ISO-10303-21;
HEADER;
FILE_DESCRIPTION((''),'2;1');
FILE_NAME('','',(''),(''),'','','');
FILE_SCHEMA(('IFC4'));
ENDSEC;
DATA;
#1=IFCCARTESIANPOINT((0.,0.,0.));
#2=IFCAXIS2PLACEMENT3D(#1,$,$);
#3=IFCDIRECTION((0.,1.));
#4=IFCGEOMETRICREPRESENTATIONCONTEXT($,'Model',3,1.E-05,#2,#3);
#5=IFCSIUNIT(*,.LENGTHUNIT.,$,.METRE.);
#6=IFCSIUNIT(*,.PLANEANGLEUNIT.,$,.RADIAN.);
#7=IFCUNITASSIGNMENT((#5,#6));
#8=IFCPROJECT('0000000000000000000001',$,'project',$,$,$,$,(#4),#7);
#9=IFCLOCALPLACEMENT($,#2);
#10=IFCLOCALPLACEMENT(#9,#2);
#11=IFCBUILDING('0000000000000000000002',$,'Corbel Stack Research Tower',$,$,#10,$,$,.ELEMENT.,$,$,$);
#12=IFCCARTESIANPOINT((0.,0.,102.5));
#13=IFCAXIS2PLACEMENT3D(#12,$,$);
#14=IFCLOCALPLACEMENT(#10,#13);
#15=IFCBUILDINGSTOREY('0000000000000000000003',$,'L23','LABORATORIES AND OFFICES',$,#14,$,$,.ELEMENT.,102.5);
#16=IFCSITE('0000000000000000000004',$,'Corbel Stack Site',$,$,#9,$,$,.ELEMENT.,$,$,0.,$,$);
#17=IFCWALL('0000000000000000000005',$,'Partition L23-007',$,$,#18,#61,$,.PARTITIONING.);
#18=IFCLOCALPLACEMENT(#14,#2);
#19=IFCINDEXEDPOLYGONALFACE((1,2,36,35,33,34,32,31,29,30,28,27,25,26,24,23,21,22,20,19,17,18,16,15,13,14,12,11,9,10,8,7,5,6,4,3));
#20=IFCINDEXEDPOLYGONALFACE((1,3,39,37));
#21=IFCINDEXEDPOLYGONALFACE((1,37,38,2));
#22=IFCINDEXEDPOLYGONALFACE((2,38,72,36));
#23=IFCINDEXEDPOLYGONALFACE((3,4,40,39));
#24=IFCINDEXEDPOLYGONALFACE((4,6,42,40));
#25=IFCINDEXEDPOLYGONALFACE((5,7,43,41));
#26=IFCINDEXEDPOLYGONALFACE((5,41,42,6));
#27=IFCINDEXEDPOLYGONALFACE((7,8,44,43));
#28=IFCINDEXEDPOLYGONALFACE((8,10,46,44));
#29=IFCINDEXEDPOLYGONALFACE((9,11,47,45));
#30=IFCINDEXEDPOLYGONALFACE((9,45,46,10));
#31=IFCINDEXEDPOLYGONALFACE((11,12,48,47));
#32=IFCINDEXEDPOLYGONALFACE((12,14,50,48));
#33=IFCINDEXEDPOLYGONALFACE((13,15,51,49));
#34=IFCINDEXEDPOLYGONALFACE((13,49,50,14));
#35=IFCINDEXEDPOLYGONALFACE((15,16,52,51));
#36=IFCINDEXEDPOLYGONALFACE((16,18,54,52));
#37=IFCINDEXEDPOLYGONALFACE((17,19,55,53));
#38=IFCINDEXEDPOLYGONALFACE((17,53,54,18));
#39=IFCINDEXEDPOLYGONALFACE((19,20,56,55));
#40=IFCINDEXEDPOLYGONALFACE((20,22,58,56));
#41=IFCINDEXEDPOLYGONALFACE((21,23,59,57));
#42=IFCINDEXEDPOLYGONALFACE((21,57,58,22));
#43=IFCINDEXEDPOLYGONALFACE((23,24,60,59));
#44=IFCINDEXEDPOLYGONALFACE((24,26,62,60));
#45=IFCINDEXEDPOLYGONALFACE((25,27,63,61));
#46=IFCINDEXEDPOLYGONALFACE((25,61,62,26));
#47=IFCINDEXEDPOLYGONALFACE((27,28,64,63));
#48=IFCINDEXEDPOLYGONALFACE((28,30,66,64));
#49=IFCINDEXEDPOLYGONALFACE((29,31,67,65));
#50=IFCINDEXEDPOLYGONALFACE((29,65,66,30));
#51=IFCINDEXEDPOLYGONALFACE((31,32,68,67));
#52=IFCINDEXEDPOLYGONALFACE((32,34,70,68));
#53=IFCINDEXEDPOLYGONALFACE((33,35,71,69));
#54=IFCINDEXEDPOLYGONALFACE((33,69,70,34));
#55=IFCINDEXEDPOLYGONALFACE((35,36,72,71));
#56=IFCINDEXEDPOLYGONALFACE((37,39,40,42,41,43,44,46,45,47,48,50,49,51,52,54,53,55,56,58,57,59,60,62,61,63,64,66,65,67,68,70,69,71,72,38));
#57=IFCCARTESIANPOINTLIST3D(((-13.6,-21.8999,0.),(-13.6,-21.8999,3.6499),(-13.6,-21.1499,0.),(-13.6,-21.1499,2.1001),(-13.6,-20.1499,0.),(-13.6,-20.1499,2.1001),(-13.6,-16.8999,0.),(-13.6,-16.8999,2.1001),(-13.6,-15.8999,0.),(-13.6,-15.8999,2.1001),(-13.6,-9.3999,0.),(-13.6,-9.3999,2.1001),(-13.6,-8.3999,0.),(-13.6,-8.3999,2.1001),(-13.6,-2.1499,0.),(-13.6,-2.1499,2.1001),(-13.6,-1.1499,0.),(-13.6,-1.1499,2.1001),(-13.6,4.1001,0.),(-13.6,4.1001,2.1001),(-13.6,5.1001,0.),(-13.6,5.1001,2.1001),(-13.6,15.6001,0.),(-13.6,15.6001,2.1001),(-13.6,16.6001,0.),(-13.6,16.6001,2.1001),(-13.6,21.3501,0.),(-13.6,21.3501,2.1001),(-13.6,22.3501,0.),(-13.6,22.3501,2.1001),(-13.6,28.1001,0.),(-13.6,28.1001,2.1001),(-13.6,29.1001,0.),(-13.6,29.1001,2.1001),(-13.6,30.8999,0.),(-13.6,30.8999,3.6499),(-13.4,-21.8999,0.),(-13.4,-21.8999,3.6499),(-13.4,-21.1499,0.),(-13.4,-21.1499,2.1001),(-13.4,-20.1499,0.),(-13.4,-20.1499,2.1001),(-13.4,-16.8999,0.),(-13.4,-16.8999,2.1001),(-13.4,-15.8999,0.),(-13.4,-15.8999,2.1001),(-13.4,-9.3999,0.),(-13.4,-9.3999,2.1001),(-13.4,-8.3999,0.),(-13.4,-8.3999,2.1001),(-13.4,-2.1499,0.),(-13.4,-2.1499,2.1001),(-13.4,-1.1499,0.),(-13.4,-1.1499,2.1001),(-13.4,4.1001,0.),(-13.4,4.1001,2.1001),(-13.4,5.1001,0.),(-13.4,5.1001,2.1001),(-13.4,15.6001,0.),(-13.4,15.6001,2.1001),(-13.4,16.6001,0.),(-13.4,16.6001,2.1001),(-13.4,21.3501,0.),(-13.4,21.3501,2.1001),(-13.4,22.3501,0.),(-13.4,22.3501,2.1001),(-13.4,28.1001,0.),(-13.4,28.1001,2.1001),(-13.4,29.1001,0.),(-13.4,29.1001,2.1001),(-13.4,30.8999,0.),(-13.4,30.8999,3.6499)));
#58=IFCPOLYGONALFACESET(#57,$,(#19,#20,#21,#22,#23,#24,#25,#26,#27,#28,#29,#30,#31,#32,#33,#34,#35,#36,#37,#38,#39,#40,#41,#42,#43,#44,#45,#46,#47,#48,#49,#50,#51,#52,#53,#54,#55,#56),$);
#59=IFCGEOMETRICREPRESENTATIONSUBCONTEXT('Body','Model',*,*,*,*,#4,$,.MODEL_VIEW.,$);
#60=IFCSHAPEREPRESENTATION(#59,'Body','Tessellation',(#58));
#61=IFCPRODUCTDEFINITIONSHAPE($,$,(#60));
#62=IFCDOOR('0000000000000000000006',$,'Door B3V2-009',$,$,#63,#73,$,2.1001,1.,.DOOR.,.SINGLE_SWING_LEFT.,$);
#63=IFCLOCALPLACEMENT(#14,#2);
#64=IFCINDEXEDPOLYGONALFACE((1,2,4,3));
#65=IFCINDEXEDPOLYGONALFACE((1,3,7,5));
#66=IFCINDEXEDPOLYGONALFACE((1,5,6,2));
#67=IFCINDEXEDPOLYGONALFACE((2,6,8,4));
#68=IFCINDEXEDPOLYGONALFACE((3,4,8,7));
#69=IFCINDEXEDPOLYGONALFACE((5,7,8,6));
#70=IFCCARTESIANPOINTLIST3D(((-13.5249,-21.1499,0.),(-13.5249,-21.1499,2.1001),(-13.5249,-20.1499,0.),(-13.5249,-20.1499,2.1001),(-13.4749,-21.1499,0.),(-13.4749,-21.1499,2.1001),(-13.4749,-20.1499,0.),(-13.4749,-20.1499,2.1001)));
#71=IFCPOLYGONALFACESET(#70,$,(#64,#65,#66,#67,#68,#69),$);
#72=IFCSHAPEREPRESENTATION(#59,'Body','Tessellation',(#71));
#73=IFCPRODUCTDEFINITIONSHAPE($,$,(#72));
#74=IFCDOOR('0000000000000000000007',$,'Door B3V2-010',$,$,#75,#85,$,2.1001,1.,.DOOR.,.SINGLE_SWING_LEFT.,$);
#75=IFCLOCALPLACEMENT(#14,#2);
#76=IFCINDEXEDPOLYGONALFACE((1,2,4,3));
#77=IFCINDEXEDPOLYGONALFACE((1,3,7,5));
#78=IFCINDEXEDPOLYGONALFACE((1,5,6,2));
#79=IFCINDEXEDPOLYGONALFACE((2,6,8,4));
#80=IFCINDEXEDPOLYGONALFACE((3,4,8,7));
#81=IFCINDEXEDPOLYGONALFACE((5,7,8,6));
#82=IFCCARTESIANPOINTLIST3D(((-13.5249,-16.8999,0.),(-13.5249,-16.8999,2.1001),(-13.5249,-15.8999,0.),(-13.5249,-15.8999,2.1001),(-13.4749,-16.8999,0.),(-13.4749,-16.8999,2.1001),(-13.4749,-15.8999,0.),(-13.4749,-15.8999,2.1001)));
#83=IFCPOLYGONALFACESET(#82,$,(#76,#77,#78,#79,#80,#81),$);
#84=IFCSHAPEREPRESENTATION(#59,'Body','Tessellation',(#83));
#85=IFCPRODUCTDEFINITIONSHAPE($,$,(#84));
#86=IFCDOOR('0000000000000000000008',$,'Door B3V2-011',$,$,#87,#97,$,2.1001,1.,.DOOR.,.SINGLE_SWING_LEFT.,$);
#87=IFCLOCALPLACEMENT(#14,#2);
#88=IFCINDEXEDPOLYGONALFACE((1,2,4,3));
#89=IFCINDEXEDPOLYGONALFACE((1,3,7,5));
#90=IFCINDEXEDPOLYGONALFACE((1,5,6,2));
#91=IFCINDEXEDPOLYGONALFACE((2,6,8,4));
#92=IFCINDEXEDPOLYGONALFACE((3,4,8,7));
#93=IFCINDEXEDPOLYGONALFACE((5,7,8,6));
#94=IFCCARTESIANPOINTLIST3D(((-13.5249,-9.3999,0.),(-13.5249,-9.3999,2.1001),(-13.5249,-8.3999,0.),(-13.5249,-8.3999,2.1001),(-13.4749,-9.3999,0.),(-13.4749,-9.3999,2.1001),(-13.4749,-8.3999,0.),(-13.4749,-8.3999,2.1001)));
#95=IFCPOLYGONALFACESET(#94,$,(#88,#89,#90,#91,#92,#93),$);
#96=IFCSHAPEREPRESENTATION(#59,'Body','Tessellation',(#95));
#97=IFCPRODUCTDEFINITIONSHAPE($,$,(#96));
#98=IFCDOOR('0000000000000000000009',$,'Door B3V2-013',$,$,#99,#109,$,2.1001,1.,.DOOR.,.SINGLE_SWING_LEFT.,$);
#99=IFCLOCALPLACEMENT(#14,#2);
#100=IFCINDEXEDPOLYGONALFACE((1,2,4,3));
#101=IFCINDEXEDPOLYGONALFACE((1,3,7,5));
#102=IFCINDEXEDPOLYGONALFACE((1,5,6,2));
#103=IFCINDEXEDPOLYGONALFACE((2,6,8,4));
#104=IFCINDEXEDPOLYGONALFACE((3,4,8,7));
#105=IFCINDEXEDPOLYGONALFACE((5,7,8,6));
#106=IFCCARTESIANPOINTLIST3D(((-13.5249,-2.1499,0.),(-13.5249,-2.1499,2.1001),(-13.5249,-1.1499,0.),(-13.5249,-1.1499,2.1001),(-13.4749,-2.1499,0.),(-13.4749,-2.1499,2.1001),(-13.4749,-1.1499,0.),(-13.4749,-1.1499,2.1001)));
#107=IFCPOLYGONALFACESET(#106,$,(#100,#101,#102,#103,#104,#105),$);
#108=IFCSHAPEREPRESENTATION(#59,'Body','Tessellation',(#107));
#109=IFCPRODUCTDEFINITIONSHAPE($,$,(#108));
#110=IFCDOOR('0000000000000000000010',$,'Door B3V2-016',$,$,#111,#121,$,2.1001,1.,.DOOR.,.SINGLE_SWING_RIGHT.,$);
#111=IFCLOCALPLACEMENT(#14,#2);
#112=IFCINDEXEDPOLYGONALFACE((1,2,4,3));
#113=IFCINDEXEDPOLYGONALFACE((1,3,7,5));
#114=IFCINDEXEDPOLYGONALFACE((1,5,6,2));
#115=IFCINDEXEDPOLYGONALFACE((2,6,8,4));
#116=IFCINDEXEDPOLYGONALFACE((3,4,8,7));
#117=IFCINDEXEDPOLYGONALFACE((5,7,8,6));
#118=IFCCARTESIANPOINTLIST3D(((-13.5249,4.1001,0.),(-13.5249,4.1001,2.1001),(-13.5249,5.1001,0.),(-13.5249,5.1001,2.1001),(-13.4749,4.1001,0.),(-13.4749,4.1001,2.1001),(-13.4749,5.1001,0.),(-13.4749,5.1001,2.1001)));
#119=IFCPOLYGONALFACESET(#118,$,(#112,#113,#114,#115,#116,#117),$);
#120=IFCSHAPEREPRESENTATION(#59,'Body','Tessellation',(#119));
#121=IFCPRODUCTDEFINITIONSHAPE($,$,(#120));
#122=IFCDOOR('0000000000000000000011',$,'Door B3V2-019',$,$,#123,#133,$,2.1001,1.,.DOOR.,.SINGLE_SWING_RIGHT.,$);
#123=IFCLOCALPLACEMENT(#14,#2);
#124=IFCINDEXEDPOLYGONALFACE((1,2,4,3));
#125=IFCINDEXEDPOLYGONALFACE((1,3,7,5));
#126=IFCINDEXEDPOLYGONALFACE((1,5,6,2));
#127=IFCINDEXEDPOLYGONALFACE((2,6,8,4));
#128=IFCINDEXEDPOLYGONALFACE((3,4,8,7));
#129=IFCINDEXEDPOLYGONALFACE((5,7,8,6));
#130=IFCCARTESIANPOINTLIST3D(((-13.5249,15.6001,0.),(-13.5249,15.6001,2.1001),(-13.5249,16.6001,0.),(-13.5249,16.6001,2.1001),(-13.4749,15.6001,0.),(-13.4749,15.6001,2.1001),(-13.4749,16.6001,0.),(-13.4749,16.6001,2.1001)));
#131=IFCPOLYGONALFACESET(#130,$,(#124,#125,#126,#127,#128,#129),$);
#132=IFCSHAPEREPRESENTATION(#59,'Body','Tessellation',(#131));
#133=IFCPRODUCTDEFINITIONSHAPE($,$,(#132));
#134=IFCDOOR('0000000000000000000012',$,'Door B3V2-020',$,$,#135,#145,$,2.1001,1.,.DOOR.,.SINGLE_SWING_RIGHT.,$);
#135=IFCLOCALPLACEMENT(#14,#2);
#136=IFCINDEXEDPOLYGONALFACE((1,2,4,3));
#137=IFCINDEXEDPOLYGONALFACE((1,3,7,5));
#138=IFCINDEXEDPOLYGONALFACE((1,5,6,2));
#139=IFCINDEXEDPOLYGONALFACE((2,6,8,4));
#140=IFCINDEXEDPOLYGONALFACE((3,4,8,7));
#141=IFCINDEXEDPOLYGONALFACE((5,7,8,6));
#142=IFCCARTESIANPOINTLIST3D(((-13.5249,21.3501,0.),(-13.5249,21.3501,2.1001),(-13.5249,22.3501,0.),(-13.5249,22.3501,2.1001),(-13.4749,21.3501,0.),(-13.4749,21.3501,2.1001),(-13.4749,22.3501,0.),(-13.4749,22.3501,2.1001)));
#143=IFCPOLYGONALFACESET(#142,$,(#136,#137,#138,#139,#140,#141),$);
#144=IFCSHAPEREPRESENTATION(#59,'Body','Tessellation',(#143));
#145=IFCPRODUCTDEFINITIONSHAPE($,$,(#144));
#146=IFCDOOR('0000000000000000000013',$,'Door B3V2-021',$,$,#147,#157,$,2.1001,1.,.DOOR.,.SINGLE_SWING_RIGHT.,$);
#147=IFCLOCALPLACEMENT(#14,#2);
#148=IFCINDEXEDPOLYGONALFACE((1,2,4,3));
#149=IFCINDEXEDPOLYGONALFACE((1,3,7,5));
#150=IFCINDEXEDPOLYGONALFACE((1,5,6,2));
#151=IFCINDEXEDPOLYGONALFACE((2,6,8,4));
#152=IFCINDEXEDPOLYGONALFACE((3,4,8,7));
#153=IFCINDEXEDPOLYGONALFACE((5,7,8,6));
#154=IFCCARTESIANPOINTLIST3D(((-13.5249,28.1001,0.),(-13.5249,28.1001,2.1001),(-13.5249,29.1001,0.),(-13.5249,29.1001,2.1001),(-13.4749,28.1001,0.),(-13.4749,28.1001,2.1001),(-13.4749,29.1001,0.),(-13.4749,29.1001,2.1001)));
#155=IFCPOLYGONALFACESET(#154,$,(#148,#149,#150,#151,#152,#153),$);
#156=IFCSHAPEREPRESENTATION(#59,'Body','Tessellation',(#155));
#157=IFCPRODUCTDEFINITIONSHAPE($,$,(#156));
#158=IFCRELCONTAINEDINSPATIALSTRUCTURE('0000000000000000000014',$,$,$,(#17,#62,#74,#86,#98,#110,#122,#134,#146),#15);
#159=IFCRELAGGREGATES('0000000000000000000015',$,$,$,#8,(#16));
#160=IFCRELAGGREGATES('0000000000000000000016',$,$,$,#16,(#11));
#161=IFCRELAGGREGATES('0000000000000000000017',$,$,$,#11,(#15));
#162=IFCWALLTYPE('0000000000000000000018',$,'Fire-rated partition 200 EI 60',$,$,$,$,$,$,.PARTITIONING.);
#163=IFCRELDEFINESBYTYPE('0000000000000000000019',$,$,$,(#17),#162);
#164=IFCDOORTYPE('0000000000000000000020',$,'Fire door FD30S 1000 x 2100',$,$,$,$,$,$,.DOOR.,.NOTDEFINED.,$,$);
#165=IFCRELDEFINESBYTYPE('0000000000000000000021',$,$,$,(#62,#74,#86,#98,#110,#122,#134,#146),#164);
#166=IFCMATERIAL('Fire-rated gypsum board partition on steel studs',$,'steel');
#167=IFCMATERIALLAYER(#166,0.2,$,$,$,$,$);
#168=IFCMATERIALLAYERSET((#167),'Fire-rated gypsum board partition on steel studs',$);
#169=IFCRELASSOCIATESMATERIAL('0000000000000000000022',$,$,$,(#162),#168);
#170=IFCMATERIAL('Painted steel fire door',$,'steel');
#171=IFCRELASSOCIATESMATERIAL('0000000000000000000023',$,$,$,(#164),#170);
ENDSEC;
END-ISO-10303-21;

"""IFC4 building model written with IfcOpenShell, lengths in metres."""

from ifc_helpers import new_model, si_unit, direction, frame, frame_2d, origin, place, context, subcontext, project, spatial, rectangle, extrude, material, layer, layer_set, type_object, element, fill, save


model = new_model("IFC4")

# Units and contexts
model_context = context("Model", 3, precision=1e-05, world=origin(), true_north=direction((0.0, 1.0)))
body_context = subcontext(model_context, "Body", "Model", "MODEL_VIEW")
ifc_project = project(units=[si_unit("LENGTHUNIT", "METRE"), si_unit("PLANEANGLEUNIT", "RADIAN")], contexts=[model_context])

# Site, building, storey
site_placement = place(None, origin())
site = spatial("IfcSite", under=ifc_project, at=site_placement, Name="Corbel Stack Site", CompositionType="ELEMENT", RefElevation=0.0)
building_placement = place(site_placement, origin())
building = spatial("IfcBuilding", under=site, at=building_placement, Name="Corbel Stack Research Tower", CompositionType="ELEMENT")
storey_placement = place(building_placement, frame((0.0, 0.0, 102.5)))
storey = spatial("IfcBuildingStorey", under=building, at=storey_placement, Name="L23", Description="LABORATORIES AND OFFICES", CompositionType="ELEMENT", Elevation=102.5)

# Wall, openings, doors
ifc_material_1 = material(Name="Fire-rated gypsum board partition on steel studs", Category="steel")
ifc_layer_1 = layer(ifc_material_1, 0.2)
ifc_layer_set_1 = layer_set([ifc_layer_1], Name="Fire-rated gypsum board partition on steel studs")
wall_type_1 = type_object("IfcWallType", Name="Fire-rated partition 200 EI 60", PredefinedType="PARTITIONING", material=ifc_layer_set_1)
wall_1_placement = place(storey_placement, frame((-13.5, -21.8999, 0.0), z_axis=(0.0, 0.0, 1.0), x_axis=(0.0, 1.0, 0.0)))
wall_1 = element("IfcWall", 1, at=wall_1_placement, inside=storey, type_object=wall_type_1, Name="Partition L23-007", PredefinedType="PARTITIONING", context=body_context, shape_type="SweptSolid", body=[
    extrude(rectangle(XDim=52.7998, YDim=0.2, at=frame_2d((26.3999, 0.0))), origin(), (0.0, 0.0, 1.0), 3.6499),
])
opening_1_placement = place(wall_1_placement, frame((0.75, 0.0, 0.0)))
opening_1 = element("IfcOpeningElement", 2, at=opening_1_placement, cuts=wall_1, PredefinedType="OPENING", context=body_context, shape_type="SweptSolid", body=[
    extrude(rectangle(XDim=1.0, YDim=2.1001, at=frame_2d((0.5, 1.05))), frame((0.0, 0.1099, 0.0), z_axis=(0.0, -1.0, 0.0), x_axis=(1.0, 0.0, 0.0)), (0.0, 0.0, 1.0), 0.22),
])
opening_2_placement = place(wall_1_placement, frame((5.0, 0.0, 0.0)))
opening_2 = element("IfcOpeningElement", 3, at=opening_2_placement, cuts=wall_1, PredefinedType="OPENING", context=body_context, shape_type="SweptSolid", body=[
    extrude(rectangle(XDim=1.0, YDim=2.1001, at=frame_2d((0.5, 1.05))), frame((0.0, 0.1099, 0.0), z_axis=(0.0, -1.0, 0.0), x_axis=(1.0, 0.0, 0.0)), (0.0, 0.0, 1.0), 0.22),
])
opening_3_placement = place(wall_1_placement, frame((12.5, 0.0, 0.0)))
opening_3 = element("IfcOpeningElement", 4, at=opening_3_placement, cuts=wall_1, PredefinedType="OPENING", context=body_context, shape_type="SweptSolid", body=[
    extrude(rectangle(XDim=1.0, YDim=2.1001, at=frame_2d((0.5, 1.05))), frame((0.0, 0.1099, 0.0), z_axis=(0.0, -1.0, 0.0), x_axis=(1.0, 0.0, 0.0)), (0.0, 0.0, 1.0), 0.22),
])
opening_4_placement = place(wall_1_placement, frame((19.75, 0.0, 0.0)))
opening_4 = element("IfcOpeningElement", 5, at=opening_4_placement, cuts=wall_1, PredefinedType="OPENING", context=body_context, shape_type="SweptSolid", body=[
    extrude(rectangle(XDim=1.0, YDim=2.1001, at=frame_2d((0.5, 1.05))), frame((0.0, 0.1099, 0.0), z_axis=(0.0, -1.0, 0.0), x_axis=(1.0, 0.0, 0.0)), (0.0, 0.0, 1.0), 0.22),
])
opening_5_placement = place(wall_1_placement, frame((26.0, 0.0, 0.0)))
opening_5 = element("IfcOpeningElement", 6, at=opening_5_placement, cuts=wall_1, PredefinedType="OPENING", context=body_context, shape_type="SweptSolid", body=[
    extrude(rectangle(XDim=1.0, YDim=2.1001, at=frame_2d((0.5, 1.05))), frame((0.0, 0.1099, 0.0), z_axis=(0.0, -1.0, 0.0), x_axis=(1.0, 0.0, 0.0)), (0.0, 0.0, 1.0), 0.22),
])
opening_6_placement = place(wall_1_placement, frame((37.5, 0.0, 0.0)))
opening_6 = element("IfcOpeningElement", 7, at=opening_6_placement, cuts=wall_1, PredefinedType="OPENING", context=body_context, shape_type="SweptSolid", body=[
    extrude(rectangle(XDim=1.0, YDim=2.1001, at=frame_2d((0.5, 1.05))), frame((0.0, 0.1099, 0.0), z_axis=(0.0, -1.0, 0.0), x_axis=(1.0, 0.0, 0.0)), (0.0, 0.0, 1.0), 0.22),
])
opening_7_placement = place(wall_1_placement, frame((43.25, 0.0, 0.0)))
opening_7 = element("IfcOpeningElement", 8, at=opening_7_placement, cuts=wall_1, PredefinedType="OPENING", context=body_context, shape_type="SweptSolid", body=[
    extrude(rectangle(XDim=1.0, YDim=2.1001, at=frame_2d((0.5, 1.05))), frame((0.0, 0.1099, 0.0), z_axis=(0.0, -1.0, 0.0), x_axis=(1.0, 0.0, 0.0)), (0.0, 0.0, 1.0), 0.22),
])
opening_8_placement = place(wall_1_placement, frame((50.0, 0.0, 0.0)))
opening_8 = element("IfcOpeningElement", 9, at=opening_8_placement, cuts=wall_1, PredefinedType="OPENING", context=body_context, shape_type="SweptSolid", body=[
    extrude(rectangle(XDim=1.0, YDim=2.1001, at=frame_2d((0.5, 1.05))), frame((0.0, 0.1099, 0.0), z_axis=(0.0, -1.0, 0.0), x_axis=(1.0, 0.0, 0.0)), (0.0, 0.0, 1.0), 0.22),
])
ifc_material_2 = material(Name="Painted steel fire door", Category="steel")
door_type_1 = type_object("IfcDoorType", Name="Fire door FD30S 1000 x 2100", OperationType="NOTDEFINED", PredefinedType="DOOR", material=ifc_material_2)
door_1_placement = place(opening_1_placement, origin())
door_1 = element("IfcDoor", 10, at=door_1_placement, inside=storey, type_object=door_type_1, Name="Door B3V2-009", OperationType="SINGLE_SWING_LEFT", OverallHeight=2.1001, OverallWidth=1.0, PredefinedType="DOOR", context=body_context, shape_type="SweptSolid", body=[
    extrude(rectangle(XDim=1.0, YDim=2.1001, at=frame_2d((0.5, 1.05))), frame((0.0, 0.0249, 0.0), z_axis=(0.0, -1.0, 0.0), x_axis=(1.0, 0.0, 0.0)), (0.0, 0.0, 1.0), 0.05),
])
fill(opening_1, door_1)
door_2_placement = place(opening_2_placement, origin())
door_2 = element("IfcDoor", 11, at=door_2_placement, inside=storey, type_object=door_type_1, Name="Door B3V2-010", OperationType="SINGLE_SWING_LEFT", OverallHeight=2.1001, OverallWidth=1.0, PredefinedType="DOOR", context=body_context, shape_type="SweptSolid", body=[
    extrude(rectangle(XDim=1.0, YDim=2.1001, at=frame_2d((0.5, 1.05))), frame((0.0, 0.0249, 0.0), z_axis=(0.0, -1.0, 0.0), x_axis=(1.0, 0.0, 0.0)), (0.0, 0.0, 1.0), 0.05),
])
fill(opening_2, door_2)
door_3_placement = place(opening_3_placement, origin())
door_3 = element("IfcDoor", 12, at=door_3_placement, inside=storey, type_object=door_type_1, Name="Door B3V2-011", OperationType="SINGLE_SWING_LEFT", OverallHeight=2.1001, OverallWidth=1.0, PredefinedType="DOOR", context=body_context, shape_type="SweptSolid", body=[
    extrude(rectangle(XDim=1.0, YDim=2.1001, at=frame_2d((0.5, 1.05))), frame((0.0, 0.0249, 0.0), z_axis=(0.0, -1.0, 0.0), x_axis=(1.0, 0.0, 0.0)), (0.0, 0.0, 1.0), 0.05),
])
fill(opening_3, door_3)
door_4_placement = place(opening_4_placement, origin())
door_4 = element("IfcDoor", 13, at=door_4_placement, inside=storey, type_object=door_type_1, Name="Door B3V2-013", OperationType="SINGLE_SWING_LEFT", OverallHeight=2.1001, OverallWidth=1.0, PredefinedType="DOOR", context=body_context, shape_type="SweptSolid", body=[
    extrude(rectangle(XDim=1.0, YDim=2.1001, at=frame_2d((0.5, 1.05))), frame((0.0, 0.0249, 0.0), z_axis=(0.0, -1.0, 0.0), x_axis=(1.0, 0.0, 0.0)), (0.0, 0.0, 1.0), 0.05),
])
fill(opening_4, door_4)
door_5_placement = place(opening_5_placement, origin())
door_5 = element("IfcDoor", 14, at=door_5_placement, inside=storey, type_object=door_type_1, Name="Door B3V2-016", OperationType="SINGLE_SWING_RIGHT", OverallHeight=2.1001, OverallWidth=1.0, PredefinedType="DOOR", context=body_context, shape_type="SweptSolid", body=[
    extrude(rectangle(XDim=1.0, YDim=2.1001, at=frame_2d((0.5, 1.05))), frame((0.0, 0.0249, 0.0), z_axis=(0.0, -1.0, 0.0), x_axis=(1.0, 0.0, 0.0)), (0.0, 0.0, 1.0), 0.05),
])
fill(opening_5, door_5)
door_6_placement = place(opening_6_placement, origin())
door_6 = element("IfcDoor", 15, at=door_6_placement, inside=storey, type_object=door_type_1, Name="Door B3V2-019", OperationType="SINGLE_SWING_RIGHT", OverallHeight=2.1001, OverallWidth=1.0, PredefinedType="DOOR", context=body_context, shape_type="SweptSolid", body=[
    extrude(rectangle(XDim=1.0, YDim=2.1001, at=frame_2d((0.5, 1.05))), frame((0.0, 0.0249, 0.0), z_axis=(0.0, -1.0, 0.0), x_axis=(1.0, 0.0, 0.0)), (0.0, 0.0, 1.0), 0.05),
])
fill(opening_6, door_6)
door_7_placement = place(opening_7_placement, origin())
door_7 = element("IfcDoor", 16, at=door_7_placement, inside=storey, type_object=door_type_1, Name="Door B3V2-020", OperationType="SINGLE_SWING_RIGHT", OverallHeight=2.1001, OverallWidth=1.0, PredefinedType="DOOR", context=body_context, shape_type="SweptSolid", body=[
    extrude(rectangle(XDim=1.0, YDim=2.1001, at=frame_2d((0.5, 1.05))), frame((0.0, 0.0249, 0.0), z_axis=(0.0, -1.0, 0.0), x_axis=(1.0, 0.0, 0.0)), (0.0, 0.0, 1.0), 0.05),
])
fill(opening_7, door_7)
door_8_placement = place(opening_8_placement, origin())
door_8 = element("IfcDoor", 17, at=door_8_placement, inside=storey, type_object=door_type_1, Name="Door B3V2-021", OperationType="SINGLE_SWING_RIGHT", OverallHeight=2.1001, OverallWidth=1.0, PredefinedType="DOOR", context=body_context, shape_type="SweptSolid", body=[
    extrude(rectangle(XDim=1.0, YDim=2.1001, at=frame_2d((0.5, 1.05))), frame((0.0, 0.0249, 0.0), z_axis=(0.0, -1.0, 0.0), x_axis=(1.0, 0.0, 0.0)), (0.0, 0.0, 1.0), 0.05),
])
fill(opening_8, door_8)

save(model, "model.ifc")
